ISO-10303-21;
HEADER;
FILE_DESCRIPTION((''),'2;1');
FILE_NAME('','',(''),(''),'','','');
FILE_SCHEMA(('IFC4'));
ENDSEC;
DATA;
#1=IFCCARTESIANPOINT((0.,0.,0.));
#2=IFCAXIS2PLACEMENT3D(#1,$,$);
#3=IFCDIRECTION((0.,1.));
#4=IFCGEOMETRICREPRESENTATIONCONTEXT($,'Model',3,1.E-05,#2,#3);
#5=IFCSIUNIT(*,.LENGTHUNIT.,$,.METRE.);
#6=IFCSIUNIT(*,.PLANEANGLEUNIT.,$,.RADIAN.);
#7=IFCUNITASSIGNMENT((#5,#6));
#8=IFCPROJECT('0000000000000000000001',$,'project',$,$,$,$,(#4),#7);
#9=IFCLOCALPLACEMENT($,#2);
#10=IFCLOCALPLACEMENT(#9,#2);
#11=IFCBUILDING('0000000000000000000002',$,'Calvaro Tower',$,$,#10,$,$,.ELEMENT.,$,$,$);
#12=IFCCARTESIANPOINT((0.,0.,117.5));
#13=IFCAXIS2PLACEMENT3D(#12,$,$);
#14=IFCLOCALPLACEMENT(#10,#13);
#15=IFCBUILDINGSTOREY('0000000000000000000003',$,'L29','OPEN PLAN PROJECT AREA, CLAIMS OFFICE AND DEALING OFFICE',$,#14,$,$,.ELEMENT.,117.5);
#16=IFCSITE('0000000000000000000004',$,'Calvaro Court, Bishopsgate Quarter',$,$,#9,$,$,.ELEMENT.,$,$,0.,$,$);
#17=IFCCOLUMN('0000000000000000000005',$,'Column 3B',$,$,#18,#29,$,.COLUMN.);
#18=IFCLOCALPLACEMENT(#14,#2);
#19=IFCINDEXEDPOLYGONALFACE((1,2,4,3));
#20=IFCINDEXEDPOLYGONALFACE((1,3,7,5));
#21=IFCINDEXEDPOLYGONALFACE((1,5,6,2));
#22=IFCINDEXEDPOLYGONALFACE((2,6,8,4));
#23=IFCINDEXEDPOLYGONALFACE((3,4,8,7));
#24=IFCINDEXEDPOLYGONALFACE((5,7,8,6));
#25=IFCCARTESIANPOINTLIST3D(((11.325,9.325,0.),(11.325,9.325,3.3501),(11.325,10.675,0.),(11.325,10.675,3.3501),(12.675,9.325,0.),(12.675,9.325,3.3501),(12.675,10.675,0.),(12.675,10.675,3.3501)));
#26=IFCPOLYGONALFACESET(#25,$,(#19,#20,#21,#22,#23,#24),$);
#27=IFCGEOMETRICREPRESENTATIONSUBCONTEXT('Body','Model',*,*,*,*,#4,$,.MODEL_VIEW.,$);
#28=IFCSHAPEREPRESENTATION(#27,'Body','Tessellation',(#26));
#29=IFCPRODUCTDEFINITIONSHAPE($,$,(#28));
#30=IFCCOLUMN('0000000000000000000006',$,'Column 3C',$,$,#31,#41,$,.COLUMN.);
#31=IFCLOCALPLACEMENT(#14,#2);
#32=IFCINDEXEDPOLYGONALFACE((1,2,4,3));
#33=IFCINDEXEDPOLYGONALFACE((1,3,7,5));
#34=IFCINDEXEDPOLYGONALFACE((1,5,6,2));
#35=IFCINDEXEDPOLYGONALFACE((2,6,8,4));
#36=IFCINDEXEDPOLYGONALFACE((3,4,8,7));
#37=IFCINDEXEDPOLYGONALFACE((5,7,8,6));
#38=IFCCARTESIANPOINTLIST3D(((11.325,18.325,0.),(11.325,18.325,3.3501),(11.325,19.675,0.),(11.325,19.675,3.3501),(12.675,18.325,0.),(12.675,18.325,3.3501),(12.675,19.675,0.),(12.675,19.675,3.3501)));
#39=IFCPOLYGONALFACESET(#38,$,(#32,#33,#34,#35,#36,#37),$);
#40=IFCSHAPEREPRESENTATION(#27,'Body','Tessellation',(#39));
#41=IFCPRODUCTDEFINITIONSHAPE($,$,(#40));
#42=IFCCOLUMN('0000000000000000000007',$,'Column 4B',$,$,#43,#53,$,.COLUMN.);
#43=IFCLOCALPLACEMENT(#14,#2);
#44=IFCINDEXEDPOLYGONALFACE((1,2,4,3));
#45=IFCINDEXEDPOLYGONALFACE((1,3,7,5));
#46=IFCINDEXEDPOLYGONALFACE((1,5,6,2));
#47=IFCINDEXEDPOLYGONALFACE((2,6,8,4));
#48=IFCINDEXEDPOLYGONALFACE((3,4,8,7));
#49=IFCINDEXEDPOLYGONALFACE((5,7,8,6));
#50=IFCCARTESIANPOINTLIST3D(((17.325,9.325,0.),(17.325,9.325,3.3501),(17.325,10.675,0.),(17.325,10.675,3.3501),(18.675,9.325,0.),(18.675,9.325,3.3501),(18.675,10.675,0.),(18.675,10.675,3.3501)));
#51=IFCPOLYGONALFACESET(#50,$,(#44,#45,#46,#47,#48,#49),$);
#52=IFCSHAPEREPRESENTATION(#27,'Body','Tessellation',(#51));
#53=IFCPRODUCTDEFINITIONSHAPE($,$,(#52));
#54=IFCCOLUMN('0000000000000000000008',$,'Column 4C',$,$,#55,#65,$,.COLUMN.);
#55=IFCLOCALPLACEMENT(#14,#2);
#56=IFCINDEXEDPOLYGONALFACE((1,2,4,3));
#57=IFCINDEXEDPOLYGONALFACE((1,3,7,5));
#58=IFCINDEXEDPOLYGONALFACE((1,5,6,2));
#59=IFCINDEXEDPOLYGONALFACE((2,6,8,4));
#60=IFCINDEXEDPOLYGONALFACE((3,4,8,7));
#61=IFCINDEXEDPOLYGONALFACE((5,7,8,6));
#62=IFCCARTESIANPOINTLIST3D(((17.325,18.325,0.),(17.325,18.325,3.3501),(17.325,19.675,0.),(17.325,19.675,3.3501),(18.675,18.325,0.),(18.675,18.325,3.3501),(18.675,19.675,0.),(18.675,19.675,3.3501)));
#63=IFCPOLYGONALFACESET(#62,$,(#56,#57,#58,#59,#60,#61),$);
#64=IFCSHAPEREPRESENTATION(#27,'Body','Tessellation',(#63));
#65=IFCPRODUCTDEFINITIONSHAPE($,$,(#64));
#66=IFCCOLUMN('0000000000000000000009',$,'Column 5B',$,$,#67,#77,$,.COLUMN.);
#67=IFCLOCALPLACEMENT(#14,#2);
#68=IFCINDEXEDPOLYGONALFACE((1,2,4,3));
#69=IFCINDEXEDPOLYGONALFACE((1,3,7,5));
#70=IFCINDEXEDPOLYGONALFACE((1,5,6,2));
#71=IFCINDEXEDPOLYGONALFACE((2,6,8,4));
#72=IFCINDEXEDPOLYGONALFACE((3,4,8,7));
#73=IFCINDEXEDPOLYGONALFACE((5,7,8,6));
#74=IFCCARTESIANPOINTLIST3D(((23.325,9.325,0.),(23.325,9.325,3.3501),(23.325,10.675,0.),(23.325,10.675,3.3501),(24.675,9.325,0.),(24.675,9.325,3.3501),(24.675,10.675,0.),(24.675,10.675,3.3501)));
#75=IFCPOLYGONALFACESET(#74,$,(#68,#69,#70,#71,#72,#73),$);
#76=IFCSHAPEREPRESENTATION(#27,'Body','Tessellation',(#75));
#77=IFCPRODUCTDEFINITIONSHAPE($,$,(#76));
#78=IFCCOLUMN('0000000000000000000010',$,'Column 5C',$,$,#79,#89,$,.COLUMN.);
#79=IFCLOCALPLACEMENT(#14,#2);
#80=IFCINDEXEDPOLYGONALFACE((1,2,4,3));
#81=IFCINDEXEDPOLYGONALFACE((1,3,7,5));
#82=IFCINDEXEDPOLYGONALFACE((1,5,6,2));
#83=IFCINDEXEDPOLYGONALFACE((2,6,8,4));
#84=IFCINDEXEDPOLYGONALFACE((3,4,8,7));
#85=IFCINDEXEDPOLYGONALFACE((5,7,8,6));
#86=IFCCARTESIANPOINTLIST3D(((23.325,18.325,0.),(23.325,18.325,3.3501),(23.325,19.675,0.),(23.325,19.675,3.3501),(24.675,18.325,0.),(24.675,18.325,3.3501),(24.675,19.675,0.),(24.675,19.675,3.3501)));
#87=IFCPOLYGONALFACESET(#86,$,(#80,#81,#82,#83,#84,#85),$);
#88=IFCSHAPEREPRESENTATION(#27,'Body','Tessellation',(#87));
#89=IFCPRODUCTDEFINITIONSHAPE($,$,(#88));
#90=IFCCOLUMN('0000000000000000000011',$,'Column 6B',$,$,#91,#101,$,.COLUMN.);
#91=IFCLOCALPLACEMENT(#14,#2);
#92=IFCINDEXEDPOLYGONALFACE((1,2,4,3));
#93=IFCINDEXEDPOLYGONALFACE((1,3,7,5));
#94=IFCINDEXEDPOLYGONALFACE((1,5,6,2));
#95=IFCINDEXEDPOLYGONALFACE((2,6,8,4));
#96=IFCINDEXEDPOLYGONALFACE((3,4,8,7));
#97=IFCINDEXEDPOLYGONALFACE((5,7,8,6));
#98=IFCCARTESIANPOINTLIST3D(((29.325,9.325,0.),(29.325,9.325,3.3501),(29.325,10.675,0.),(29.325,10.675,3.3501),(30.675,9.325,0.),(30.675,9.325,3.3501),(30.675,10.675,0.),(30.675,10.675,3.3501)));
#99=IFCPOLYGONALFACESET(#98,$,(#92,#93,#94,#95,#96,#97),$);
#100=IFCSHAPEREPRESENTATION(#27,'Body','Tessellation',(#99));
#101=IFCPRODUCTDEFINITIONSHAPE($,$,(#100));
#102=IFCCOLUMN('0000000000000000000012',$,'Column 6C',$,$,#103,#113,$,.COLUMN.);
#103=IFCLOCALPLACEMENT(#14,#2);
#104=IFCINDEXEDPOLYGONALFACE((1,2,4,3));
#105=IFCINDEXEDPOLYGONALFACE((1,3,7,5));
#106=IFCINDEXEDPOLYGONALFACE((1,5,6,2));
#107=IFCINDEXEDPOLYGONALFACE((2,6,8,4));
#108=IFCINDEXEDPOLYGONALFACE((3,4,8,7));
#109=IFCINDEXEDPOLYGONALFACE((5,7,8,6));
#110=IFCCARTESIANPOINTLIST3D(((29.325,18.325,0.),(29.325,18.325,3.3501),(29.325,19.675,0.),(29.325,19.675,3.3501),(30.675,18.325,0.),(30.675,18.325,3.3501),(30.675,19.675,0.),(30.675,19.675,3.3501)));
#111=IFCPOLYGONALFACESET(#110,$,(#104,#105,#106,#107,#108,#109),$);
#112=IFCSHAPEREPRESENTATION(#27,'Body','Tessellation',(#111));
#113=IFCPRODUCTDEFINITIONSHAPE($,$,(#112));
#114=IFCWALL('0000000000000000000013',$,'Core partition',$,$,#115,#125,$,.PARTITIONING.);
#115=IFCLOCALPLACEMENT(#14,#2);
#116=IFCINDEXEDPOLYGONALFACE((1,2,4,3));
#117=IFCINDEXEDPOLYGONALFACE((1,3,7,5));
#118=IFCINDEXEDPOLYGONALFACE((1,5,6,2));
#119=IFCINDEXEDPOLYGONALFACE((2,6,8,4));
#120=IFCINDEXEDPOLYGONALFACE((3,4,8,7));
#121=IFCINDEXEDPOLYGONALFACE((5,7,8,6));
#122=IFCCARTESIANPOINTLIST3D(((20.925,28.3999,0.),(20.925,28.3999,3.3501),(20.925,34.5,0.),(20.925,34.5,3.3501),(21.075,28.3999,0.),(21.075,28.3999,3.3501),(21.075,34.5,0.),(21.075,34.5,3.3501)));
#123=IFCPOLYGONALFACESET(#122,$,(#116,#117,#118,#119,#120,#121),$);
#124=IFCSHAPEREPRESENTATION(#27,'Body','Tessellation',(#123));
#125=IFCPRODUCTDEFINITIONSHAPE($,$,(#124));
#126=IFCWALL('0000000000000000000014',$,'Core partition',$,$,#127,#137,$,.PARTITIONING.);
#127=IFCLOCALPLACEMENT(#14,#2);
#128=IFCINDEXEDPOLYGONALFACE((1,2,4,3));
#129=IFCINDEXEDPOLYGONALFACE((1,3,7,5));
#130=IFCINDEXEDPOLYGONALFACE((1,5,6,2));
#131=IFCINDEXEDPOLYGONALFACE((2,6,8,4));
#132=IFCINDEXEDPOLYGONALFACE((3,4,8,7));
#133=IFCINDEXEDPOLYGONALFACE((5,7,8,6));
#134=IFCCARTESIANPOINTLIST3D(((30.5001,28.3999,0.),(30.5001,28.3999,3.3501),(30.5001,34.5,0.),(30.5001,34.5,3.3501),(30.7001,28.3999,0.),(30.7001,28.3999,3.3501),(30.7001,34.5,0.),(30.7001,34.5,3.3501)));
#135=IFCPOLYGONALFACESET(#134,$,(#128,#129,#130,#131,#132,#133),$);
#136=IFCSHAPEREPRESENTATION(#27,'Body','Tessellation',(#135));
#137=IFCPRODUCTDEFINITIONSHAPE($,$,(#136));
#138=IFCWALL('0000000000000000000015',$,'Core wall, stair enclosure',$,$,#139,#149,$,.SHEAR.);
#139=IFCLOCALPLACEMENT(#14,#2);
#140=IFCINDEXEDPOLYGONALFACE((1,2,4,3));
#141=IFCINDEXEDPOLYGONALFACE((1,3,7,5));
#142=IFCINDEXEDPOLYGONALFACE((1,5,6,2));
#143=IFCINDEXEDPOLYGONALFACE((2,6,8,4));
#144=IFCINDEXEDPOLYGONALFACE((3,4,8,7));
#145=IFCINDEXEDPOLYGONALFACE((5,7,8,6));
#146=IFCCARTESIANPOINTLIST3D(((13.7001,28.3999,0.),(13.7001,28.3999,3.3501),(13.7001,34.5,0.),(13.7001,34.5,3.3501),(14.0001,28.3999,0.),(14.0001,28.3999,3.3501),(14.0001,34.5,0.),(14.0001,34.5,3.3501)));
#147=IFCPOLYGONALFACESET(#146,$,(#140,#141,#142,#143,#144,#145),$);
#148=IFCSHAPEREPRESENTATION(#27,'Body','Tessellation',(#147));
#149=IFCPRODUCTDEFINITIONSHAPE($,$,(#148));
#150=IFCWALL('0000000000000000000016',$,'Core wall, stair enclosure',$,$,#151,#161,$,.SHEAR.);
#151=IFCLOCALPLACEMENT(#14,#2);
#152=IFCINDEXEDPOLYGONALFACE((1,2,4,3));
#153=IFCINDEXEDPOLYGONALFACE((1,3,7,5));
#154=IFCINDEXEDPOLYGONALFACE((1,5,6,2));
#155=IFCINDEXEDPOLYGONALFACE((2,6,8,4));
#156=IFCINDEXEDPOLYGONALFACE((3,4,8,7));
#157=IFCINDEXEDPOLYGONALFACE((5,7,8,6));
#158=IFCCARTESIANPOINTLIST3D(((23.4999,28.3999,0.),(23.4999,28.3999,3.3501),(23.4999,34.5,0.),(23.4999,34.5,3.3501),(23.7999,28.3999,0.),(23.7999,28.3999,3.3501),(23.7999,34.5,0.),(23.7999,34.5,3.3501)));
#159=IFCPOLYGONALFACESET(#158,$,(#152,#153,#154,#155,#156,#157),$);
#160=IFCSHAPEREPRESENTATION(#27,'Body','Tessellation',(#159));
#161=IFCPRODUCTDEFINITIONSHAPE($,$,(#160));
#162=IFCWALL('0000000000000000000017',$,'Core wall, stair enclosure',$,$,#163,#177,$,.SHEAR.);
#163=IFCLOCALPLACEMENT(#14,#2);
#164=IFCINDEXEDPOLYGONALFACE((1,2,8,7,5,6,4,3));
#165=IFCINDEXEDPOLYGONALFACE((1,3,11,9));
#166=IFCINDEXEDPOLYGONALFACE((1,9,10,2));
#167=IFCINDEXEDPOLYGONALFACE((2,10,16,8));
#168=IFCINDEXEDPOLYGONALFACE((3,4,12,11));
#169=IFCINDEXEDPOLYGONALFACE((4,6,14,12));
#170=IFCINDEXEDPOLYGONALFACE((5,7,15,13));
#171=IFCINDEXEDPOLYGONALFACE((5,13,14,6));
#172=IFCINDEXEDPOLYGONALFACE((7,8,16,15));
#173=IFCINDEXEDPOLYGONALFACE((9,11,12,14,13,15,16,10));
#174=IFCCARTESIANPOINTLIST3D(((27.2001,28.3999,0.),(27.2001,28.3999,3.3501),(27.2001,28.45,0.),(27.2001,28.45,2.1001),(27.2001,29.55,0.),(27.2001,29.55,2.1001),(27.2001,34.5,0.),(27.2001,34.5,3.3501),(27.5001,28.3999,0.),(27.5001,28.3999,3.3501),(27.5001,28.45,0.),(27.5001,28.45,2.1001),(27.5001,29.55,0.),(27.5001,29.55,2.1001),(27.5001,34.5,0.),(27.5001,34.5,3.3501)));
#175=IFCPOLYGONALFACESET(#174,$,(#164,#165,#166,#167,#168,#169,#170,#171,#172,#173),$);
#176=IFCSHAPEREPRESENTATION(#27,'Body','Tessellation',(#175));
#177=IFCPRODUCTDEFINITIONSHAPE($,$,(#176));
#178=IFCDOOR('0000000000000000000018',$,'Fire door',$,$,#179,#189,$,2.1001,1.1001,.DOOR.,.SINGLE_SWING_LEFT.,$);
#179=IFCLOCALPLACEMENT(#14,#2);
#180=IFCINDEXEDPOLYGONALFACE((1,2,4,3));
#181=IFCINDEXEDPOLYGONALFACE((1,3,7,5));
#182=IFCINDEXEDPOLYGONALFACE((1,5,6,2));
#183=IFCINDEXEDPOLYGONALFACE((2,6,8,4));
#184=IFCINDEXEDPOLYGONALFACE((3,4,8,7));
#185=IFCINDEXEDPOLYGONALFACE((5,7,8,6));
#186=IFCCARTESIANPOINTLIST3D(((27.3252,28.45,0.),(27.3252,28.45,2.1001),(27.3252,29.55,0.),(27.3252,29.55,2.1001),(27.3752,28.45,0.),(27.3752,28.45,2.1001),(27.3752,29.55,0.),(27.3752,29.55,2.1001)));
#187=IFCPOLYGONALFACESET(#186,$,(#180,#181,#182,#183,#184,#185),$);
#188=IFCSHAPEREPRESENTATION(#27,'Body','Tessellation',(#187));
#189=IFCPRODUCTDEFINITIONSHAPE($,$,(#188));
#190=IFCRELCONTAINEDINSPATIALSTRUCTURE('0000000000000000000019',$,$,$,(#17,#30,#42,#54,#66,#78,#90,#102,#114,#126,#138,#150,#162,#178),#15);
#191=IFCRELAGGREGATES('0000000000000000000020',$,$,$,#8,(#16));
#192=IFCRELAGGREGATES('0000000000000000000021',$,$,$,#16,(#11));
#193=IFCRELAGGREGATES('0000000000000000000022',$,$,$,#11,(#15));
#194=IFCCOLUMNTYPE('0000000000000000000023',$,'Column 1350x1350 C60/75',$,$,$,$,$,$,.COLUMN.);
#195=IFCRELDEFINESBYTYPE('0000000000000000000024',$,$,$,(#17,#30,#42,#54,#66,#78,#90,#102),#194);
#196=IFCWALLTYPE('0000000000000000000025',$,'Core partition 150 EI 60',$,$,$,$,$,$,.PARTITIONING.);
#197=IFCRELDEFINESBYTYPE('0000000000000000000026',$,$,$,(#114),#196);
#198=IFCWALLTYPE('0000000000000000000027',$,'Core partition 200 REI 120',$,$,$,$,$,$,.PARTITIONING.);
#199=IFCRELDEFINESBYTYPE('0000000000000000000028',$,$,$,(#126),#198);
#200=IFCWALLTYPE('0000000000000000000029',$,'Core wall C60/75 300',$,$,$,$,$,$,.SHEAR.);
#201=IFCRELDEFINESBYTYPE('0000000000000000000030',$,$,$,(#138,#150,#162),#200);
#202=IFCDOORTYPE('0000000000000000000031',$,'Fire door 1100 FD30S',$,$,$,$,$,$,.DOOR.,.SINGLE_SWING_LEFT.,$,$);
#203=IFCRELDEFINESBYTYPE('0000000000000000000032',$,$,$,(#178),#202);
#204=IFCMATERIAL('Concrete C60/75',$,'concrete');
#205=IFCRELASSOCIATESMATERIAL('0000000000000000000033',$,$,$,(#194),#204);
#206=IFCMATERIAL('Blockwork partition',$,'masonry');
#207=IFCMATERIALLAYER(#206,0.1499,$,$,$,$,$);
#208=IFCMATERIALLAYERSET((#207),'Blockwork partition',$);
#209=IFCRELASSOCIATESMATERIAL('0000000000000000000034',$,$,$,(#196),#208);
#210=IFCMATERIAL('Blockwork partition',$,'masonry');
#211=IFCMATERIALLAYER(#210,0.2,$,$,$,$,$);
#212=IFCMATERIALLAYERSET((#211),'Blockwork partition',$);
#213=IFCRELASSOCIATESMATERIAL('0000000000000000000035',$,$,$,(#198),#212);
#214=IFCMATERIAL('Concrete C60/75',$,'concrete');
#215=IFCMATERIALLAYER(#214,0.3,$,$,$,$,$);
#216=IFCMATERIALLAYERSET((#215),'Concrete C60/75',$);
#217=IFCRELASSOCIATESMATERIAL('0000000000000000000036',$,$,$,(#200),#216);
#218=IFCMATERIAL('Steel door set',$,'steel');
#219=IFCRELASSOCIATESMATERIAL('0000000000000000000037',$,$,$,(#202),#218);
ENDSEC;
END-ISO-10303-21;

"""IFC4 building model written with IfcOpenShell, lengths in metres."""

from ifc_helpers import new_model, si_unit, direction, frame, frame_2d, origin, origin_2d, place, context, subcontext, project, spatial, rectangle, extrude, material, layer, layer_set, material_profile, profile_set, type_object, element, fill, save


model = new_model("IFC4")

# Units and contexts
model_context = context("Model", 3, precision=1e-05, world=origin(), true_north=direction((0.0, 1.0)))
body_context = subcontext(model_context, "Body", "Model", "MODEL_VIEW")
ifc_project = project(units=[si_unit("LENGTHUNIT", "METRE"), si_unit("PLANEANGLEUNIT", "RADIAN")], contexts=[model_context])

# Site, building, storey
site_placement = place(None, origin())
site = spatial("IfcSite", under=ifc_project, at=site_placement, Name="Calvaro Court, Bishopsgate Quarter", CompositionType="ELEMENT", RefElevation=0.0)
building_placement = place(site_placement, origin())
building = spatial("IfcBuilding", under=site, at=building_placement, Name="Calvaro Tower", CompositionType="ELEMENT")
storey_placement = place(building_placement, frame((0.0, 0.0, 117.5)))
storey = spatial("IfcBuildingStorey", under=building, at=storey_placement, Name="L29", Description="OPEN PLAN PROJECT AREA, CLAIMS OFFICE AND DEALING OFFICE", CompositionType="ELEMENT", Elevation=117.5)

# Columns
ifc_material_1 = material(Name="Concrete C60/75", Category="concrete")
ifc_material_profile = material_profile(ifc_material_1, rectangle(XDim=1.3501, YDim=1.3501, at=origin_2d()), Name="RC 1350x1350")
ifc_profile_set = profile_set([ifc_material_profile], Name="Concrete C60/75")
column_type = type_object("IfcColumnType", Name="Column 1350x1350 C60/75", PredefinedType="COLUMN", material=ifc_profile_set)
for number, where, z_axis, x_axis, name in (
    (1, (12.0, 10.0, 0.0), (0.0, 0.0, 1.0), (1.0, 0.0, 0.0), "Column 3B"),
    (2, (12.0, 19.0, 0.0), (0.0, 0.0, 1.0), (1.0, 0.0, 0.0), "Column 3C"),
    (3, (18.0, 10.0, 0.0), (0.0, 0.0, 1.0), (1.0, 0.0, 0.0), "Column 4B"),
    (4, (18.0, 19.0, 0.0), (0.0, 0.0, 1.0), (1.0, 0.0, 0.0), "Column 4C"),
    (5, (24.0, 10.0, 0.0), (0.0, 0.0, 1.0), (1.0, 0.0, 0.0), "Column 5B"),
    (6, (24.0, 19.0, 0.0), (0.0, 0.0, 1.0), (1.0, 0.0, 0.0), "Column 5C"),
    (7, (30.0, 10.0, 0.0), (0.0, 0.0, 1.0), (1.0, 0.0, 0.0), "Column 6B"),
    (8, (30.0, 19.0, 0.0), (0.0, 0.0, 1.0), (1.0, 0.0, 0.0), "Column 6C"),
):
    element("IfcColumn", number, at=place(storey_placement, frame(where, z_axis=z_axis, x_axis=x_axis)), inside=storey, type_object=column_type, Name=name, PredefinedType="COLUMN", context=body_context, shape_type="SweptSolid", body=[
        extrude(rectangle(XDim=1.3501, YDim=1.3501, at=origin_2d()), origin(), (0.0, 0.0, 1.0), 3.3501),
    ])

# Walls
ifc_material_2 = material(Name="Blockwork partition", Category="masonry")
ifc_layer_1 = layer(ifc_material_2, 0.1499)
ifc_layer_set_1 = layer_set([ifc_layer_1], Name="Blockwork partition")
wall_type_1 = type_object("IfcWallType", Name="Core partition 150 EI 60", PredefinedType="PARTITIONING", material=ifc_layer_set_1)
wall_1_placement = place(storey_placement, frame((21.0, 28.3999, 0.0), z_axis=(0.0, 0.0, 1.0), x_axis=(0.0, 1.0, 0.0)))
element("IfcWall", 9, at=wall_1_placement, inside=storey, type_object=wall_type_1, Name="Core partition", PredefinedType="PARTITIONING", context=body_context, shape_type="SweptSolid", body=[
    extrude(rectangle(XDim=6.1001, YDim=0.1499, at=frame_2d((3.05, 0.0))), origin(), (0.0, 0.0, 1.0), 3.3501),
])
ifc_material_3 = material(Name="Blockwork partition", Category="masonry")
ifc_layer_2 = layer(ifc_material_3, 0.2)
ifc_layer_set_2 = layer_set([ifc_layer_2], Name="Blockwork partition")
wall_type_2 = type_object("IfcWallType", Name="Core partition 200 REI 120", PredefinedType="PARTITIONING", material=ifc_layer_set_2)
wall_2_placement = place(storey_placement, frame((30.6001, 28.3999, 0.0), z_axis=(0.0, 0.0, 1.0), x_axis=(0.0, 1.0, 0.0)))
element("IfcWall", 10, at=wall_2_placement, inside=storey, type_object=wall_type_2, Name="Core partition", PredefinedType="PARTITIONING", context=body_context, shape_type="SweptSolid", body=[
    extrude(rectangle(XDim=6.1001, YDim=0.2, at=frame_2d((3.05, 0.0))), origin(), (0.0, 0.0, 1.0), 3.3501),
])
ifc_material_4 = material(Name="Concrete C60/75", Category="concrete")
ifc_layer_3 = layer(ifc_material_4, 0.3)
ifc_layer_set_3 = layer_set([ifc_layer_3], Name="Concrete C60/75")
wall_type_3 = type_object("IfcWallType", Name="Core wall C60/75 300", PredefinedType="SHEAR", material=ifc_layer_set_3)
for number, where, z_axis, x_axis, name in (
    (11, (13.8501, 28.3999, 0.0), (0.0, 0.0, 1.0), (0.0, 1.0, 0.0), "Core wall, stair enclosure"),
    (12, (23.6499, 28.3999, 0.0), (0.0, 0.0, 1.0), (0.0, 1.0, 0.0), "Core wall, stair enclosure"),
):
    element("IfcWall", number, at=place(storey_placement, frame(where, z_axis=z_axis, x_axis=x_axis)), inside=storey, type_object=wall_type_3, Name=name, PredefinedType="SHEAR", context=body_context, shape_type="SweptSolid", body=[
        extrude(rectangle(XDim=6.1001, YDim=0.3, at=frame_2d((3.05, 0.0))), origin(), (0.0, 0.0, 1.0), 3.3501),
    ])

# Wall, opening, door
wall_3_placement = place(storey_placement, frame((27.3501, 28.3999, 0.0), z_axis=(0.0, 0.0, 1.0), x_axis=(0.0, 1.0, 0.0)))
wall_3 = element("IfcWall", 13, at=wall_3_placement, inside=storey, type_object=wall_type_3, Name="Core wall, stair enclosure", PredefinedType="SHEAR", context=body_context, shape_type="SweptSolid", body=[
    extrude(rectangle(XDim=6.1001, YDim=0.3, at=frame_2d((3.05, 0.0))), origin(), (0.0, 0.0, 1.0), 3.3501),
])
opening_1_placement = place(wall_3_placement, frame((0.05, 0.0, 0.0)))
opening_1 = element("IfcOpeningElement", 14, at=opening_1_placement, cuts=wall_3, PredefinedType="OPENING", context=body_context, shape_type="SweptSolid", body=[
    extrude(rectangle(XDim=1.1001, YDim=2.1001, at=frame_2d((0.55, 1.05))), frame((0.0, 0.1599, 0.0), z_axis=(0.0, -1.0, 0.0), x_axis=(1.0, 0.0, 0.0)), (0.0, 0.0, 1.0), 0.3201),
])
ifc_material_5 = material(Name="Steel door set", Category="steel")
door_type_1 = type_object("IfcDoorType", Name="Fire door 1100 FD30S", OperationType="SINGLE_SWING_LEFT", PredefinedType="DOOR", material=ifc_material_5)
door_1_placement = place(opening_1_placement, origin())
door_1 = element("IfcDoor", 15, at=door_1_placement, inside=storey, type_object=door_type_1, Name="Fire door", OperationType="SINGLE_SWING_LEFT", OverallHeight=2.1001, OverallWidth=1.1001, PredefinedType="DOOR", context=body_context, shape_type="SweptSolid", body=[
    extrude(rectangle(XDim=1.1001, YDim=2.1001, at=frame_2d((0.55, 1.05))), frame((0.0, 0.0249, 0.0), z_axis=(0.0, -1.0, 0.0), x_axis=(1.0, 0.0, 0.0)), (0.0, 0.0, 1.0), 0.05),
])
fill(opening_1, door_1)

save(model, "model.ifc")
